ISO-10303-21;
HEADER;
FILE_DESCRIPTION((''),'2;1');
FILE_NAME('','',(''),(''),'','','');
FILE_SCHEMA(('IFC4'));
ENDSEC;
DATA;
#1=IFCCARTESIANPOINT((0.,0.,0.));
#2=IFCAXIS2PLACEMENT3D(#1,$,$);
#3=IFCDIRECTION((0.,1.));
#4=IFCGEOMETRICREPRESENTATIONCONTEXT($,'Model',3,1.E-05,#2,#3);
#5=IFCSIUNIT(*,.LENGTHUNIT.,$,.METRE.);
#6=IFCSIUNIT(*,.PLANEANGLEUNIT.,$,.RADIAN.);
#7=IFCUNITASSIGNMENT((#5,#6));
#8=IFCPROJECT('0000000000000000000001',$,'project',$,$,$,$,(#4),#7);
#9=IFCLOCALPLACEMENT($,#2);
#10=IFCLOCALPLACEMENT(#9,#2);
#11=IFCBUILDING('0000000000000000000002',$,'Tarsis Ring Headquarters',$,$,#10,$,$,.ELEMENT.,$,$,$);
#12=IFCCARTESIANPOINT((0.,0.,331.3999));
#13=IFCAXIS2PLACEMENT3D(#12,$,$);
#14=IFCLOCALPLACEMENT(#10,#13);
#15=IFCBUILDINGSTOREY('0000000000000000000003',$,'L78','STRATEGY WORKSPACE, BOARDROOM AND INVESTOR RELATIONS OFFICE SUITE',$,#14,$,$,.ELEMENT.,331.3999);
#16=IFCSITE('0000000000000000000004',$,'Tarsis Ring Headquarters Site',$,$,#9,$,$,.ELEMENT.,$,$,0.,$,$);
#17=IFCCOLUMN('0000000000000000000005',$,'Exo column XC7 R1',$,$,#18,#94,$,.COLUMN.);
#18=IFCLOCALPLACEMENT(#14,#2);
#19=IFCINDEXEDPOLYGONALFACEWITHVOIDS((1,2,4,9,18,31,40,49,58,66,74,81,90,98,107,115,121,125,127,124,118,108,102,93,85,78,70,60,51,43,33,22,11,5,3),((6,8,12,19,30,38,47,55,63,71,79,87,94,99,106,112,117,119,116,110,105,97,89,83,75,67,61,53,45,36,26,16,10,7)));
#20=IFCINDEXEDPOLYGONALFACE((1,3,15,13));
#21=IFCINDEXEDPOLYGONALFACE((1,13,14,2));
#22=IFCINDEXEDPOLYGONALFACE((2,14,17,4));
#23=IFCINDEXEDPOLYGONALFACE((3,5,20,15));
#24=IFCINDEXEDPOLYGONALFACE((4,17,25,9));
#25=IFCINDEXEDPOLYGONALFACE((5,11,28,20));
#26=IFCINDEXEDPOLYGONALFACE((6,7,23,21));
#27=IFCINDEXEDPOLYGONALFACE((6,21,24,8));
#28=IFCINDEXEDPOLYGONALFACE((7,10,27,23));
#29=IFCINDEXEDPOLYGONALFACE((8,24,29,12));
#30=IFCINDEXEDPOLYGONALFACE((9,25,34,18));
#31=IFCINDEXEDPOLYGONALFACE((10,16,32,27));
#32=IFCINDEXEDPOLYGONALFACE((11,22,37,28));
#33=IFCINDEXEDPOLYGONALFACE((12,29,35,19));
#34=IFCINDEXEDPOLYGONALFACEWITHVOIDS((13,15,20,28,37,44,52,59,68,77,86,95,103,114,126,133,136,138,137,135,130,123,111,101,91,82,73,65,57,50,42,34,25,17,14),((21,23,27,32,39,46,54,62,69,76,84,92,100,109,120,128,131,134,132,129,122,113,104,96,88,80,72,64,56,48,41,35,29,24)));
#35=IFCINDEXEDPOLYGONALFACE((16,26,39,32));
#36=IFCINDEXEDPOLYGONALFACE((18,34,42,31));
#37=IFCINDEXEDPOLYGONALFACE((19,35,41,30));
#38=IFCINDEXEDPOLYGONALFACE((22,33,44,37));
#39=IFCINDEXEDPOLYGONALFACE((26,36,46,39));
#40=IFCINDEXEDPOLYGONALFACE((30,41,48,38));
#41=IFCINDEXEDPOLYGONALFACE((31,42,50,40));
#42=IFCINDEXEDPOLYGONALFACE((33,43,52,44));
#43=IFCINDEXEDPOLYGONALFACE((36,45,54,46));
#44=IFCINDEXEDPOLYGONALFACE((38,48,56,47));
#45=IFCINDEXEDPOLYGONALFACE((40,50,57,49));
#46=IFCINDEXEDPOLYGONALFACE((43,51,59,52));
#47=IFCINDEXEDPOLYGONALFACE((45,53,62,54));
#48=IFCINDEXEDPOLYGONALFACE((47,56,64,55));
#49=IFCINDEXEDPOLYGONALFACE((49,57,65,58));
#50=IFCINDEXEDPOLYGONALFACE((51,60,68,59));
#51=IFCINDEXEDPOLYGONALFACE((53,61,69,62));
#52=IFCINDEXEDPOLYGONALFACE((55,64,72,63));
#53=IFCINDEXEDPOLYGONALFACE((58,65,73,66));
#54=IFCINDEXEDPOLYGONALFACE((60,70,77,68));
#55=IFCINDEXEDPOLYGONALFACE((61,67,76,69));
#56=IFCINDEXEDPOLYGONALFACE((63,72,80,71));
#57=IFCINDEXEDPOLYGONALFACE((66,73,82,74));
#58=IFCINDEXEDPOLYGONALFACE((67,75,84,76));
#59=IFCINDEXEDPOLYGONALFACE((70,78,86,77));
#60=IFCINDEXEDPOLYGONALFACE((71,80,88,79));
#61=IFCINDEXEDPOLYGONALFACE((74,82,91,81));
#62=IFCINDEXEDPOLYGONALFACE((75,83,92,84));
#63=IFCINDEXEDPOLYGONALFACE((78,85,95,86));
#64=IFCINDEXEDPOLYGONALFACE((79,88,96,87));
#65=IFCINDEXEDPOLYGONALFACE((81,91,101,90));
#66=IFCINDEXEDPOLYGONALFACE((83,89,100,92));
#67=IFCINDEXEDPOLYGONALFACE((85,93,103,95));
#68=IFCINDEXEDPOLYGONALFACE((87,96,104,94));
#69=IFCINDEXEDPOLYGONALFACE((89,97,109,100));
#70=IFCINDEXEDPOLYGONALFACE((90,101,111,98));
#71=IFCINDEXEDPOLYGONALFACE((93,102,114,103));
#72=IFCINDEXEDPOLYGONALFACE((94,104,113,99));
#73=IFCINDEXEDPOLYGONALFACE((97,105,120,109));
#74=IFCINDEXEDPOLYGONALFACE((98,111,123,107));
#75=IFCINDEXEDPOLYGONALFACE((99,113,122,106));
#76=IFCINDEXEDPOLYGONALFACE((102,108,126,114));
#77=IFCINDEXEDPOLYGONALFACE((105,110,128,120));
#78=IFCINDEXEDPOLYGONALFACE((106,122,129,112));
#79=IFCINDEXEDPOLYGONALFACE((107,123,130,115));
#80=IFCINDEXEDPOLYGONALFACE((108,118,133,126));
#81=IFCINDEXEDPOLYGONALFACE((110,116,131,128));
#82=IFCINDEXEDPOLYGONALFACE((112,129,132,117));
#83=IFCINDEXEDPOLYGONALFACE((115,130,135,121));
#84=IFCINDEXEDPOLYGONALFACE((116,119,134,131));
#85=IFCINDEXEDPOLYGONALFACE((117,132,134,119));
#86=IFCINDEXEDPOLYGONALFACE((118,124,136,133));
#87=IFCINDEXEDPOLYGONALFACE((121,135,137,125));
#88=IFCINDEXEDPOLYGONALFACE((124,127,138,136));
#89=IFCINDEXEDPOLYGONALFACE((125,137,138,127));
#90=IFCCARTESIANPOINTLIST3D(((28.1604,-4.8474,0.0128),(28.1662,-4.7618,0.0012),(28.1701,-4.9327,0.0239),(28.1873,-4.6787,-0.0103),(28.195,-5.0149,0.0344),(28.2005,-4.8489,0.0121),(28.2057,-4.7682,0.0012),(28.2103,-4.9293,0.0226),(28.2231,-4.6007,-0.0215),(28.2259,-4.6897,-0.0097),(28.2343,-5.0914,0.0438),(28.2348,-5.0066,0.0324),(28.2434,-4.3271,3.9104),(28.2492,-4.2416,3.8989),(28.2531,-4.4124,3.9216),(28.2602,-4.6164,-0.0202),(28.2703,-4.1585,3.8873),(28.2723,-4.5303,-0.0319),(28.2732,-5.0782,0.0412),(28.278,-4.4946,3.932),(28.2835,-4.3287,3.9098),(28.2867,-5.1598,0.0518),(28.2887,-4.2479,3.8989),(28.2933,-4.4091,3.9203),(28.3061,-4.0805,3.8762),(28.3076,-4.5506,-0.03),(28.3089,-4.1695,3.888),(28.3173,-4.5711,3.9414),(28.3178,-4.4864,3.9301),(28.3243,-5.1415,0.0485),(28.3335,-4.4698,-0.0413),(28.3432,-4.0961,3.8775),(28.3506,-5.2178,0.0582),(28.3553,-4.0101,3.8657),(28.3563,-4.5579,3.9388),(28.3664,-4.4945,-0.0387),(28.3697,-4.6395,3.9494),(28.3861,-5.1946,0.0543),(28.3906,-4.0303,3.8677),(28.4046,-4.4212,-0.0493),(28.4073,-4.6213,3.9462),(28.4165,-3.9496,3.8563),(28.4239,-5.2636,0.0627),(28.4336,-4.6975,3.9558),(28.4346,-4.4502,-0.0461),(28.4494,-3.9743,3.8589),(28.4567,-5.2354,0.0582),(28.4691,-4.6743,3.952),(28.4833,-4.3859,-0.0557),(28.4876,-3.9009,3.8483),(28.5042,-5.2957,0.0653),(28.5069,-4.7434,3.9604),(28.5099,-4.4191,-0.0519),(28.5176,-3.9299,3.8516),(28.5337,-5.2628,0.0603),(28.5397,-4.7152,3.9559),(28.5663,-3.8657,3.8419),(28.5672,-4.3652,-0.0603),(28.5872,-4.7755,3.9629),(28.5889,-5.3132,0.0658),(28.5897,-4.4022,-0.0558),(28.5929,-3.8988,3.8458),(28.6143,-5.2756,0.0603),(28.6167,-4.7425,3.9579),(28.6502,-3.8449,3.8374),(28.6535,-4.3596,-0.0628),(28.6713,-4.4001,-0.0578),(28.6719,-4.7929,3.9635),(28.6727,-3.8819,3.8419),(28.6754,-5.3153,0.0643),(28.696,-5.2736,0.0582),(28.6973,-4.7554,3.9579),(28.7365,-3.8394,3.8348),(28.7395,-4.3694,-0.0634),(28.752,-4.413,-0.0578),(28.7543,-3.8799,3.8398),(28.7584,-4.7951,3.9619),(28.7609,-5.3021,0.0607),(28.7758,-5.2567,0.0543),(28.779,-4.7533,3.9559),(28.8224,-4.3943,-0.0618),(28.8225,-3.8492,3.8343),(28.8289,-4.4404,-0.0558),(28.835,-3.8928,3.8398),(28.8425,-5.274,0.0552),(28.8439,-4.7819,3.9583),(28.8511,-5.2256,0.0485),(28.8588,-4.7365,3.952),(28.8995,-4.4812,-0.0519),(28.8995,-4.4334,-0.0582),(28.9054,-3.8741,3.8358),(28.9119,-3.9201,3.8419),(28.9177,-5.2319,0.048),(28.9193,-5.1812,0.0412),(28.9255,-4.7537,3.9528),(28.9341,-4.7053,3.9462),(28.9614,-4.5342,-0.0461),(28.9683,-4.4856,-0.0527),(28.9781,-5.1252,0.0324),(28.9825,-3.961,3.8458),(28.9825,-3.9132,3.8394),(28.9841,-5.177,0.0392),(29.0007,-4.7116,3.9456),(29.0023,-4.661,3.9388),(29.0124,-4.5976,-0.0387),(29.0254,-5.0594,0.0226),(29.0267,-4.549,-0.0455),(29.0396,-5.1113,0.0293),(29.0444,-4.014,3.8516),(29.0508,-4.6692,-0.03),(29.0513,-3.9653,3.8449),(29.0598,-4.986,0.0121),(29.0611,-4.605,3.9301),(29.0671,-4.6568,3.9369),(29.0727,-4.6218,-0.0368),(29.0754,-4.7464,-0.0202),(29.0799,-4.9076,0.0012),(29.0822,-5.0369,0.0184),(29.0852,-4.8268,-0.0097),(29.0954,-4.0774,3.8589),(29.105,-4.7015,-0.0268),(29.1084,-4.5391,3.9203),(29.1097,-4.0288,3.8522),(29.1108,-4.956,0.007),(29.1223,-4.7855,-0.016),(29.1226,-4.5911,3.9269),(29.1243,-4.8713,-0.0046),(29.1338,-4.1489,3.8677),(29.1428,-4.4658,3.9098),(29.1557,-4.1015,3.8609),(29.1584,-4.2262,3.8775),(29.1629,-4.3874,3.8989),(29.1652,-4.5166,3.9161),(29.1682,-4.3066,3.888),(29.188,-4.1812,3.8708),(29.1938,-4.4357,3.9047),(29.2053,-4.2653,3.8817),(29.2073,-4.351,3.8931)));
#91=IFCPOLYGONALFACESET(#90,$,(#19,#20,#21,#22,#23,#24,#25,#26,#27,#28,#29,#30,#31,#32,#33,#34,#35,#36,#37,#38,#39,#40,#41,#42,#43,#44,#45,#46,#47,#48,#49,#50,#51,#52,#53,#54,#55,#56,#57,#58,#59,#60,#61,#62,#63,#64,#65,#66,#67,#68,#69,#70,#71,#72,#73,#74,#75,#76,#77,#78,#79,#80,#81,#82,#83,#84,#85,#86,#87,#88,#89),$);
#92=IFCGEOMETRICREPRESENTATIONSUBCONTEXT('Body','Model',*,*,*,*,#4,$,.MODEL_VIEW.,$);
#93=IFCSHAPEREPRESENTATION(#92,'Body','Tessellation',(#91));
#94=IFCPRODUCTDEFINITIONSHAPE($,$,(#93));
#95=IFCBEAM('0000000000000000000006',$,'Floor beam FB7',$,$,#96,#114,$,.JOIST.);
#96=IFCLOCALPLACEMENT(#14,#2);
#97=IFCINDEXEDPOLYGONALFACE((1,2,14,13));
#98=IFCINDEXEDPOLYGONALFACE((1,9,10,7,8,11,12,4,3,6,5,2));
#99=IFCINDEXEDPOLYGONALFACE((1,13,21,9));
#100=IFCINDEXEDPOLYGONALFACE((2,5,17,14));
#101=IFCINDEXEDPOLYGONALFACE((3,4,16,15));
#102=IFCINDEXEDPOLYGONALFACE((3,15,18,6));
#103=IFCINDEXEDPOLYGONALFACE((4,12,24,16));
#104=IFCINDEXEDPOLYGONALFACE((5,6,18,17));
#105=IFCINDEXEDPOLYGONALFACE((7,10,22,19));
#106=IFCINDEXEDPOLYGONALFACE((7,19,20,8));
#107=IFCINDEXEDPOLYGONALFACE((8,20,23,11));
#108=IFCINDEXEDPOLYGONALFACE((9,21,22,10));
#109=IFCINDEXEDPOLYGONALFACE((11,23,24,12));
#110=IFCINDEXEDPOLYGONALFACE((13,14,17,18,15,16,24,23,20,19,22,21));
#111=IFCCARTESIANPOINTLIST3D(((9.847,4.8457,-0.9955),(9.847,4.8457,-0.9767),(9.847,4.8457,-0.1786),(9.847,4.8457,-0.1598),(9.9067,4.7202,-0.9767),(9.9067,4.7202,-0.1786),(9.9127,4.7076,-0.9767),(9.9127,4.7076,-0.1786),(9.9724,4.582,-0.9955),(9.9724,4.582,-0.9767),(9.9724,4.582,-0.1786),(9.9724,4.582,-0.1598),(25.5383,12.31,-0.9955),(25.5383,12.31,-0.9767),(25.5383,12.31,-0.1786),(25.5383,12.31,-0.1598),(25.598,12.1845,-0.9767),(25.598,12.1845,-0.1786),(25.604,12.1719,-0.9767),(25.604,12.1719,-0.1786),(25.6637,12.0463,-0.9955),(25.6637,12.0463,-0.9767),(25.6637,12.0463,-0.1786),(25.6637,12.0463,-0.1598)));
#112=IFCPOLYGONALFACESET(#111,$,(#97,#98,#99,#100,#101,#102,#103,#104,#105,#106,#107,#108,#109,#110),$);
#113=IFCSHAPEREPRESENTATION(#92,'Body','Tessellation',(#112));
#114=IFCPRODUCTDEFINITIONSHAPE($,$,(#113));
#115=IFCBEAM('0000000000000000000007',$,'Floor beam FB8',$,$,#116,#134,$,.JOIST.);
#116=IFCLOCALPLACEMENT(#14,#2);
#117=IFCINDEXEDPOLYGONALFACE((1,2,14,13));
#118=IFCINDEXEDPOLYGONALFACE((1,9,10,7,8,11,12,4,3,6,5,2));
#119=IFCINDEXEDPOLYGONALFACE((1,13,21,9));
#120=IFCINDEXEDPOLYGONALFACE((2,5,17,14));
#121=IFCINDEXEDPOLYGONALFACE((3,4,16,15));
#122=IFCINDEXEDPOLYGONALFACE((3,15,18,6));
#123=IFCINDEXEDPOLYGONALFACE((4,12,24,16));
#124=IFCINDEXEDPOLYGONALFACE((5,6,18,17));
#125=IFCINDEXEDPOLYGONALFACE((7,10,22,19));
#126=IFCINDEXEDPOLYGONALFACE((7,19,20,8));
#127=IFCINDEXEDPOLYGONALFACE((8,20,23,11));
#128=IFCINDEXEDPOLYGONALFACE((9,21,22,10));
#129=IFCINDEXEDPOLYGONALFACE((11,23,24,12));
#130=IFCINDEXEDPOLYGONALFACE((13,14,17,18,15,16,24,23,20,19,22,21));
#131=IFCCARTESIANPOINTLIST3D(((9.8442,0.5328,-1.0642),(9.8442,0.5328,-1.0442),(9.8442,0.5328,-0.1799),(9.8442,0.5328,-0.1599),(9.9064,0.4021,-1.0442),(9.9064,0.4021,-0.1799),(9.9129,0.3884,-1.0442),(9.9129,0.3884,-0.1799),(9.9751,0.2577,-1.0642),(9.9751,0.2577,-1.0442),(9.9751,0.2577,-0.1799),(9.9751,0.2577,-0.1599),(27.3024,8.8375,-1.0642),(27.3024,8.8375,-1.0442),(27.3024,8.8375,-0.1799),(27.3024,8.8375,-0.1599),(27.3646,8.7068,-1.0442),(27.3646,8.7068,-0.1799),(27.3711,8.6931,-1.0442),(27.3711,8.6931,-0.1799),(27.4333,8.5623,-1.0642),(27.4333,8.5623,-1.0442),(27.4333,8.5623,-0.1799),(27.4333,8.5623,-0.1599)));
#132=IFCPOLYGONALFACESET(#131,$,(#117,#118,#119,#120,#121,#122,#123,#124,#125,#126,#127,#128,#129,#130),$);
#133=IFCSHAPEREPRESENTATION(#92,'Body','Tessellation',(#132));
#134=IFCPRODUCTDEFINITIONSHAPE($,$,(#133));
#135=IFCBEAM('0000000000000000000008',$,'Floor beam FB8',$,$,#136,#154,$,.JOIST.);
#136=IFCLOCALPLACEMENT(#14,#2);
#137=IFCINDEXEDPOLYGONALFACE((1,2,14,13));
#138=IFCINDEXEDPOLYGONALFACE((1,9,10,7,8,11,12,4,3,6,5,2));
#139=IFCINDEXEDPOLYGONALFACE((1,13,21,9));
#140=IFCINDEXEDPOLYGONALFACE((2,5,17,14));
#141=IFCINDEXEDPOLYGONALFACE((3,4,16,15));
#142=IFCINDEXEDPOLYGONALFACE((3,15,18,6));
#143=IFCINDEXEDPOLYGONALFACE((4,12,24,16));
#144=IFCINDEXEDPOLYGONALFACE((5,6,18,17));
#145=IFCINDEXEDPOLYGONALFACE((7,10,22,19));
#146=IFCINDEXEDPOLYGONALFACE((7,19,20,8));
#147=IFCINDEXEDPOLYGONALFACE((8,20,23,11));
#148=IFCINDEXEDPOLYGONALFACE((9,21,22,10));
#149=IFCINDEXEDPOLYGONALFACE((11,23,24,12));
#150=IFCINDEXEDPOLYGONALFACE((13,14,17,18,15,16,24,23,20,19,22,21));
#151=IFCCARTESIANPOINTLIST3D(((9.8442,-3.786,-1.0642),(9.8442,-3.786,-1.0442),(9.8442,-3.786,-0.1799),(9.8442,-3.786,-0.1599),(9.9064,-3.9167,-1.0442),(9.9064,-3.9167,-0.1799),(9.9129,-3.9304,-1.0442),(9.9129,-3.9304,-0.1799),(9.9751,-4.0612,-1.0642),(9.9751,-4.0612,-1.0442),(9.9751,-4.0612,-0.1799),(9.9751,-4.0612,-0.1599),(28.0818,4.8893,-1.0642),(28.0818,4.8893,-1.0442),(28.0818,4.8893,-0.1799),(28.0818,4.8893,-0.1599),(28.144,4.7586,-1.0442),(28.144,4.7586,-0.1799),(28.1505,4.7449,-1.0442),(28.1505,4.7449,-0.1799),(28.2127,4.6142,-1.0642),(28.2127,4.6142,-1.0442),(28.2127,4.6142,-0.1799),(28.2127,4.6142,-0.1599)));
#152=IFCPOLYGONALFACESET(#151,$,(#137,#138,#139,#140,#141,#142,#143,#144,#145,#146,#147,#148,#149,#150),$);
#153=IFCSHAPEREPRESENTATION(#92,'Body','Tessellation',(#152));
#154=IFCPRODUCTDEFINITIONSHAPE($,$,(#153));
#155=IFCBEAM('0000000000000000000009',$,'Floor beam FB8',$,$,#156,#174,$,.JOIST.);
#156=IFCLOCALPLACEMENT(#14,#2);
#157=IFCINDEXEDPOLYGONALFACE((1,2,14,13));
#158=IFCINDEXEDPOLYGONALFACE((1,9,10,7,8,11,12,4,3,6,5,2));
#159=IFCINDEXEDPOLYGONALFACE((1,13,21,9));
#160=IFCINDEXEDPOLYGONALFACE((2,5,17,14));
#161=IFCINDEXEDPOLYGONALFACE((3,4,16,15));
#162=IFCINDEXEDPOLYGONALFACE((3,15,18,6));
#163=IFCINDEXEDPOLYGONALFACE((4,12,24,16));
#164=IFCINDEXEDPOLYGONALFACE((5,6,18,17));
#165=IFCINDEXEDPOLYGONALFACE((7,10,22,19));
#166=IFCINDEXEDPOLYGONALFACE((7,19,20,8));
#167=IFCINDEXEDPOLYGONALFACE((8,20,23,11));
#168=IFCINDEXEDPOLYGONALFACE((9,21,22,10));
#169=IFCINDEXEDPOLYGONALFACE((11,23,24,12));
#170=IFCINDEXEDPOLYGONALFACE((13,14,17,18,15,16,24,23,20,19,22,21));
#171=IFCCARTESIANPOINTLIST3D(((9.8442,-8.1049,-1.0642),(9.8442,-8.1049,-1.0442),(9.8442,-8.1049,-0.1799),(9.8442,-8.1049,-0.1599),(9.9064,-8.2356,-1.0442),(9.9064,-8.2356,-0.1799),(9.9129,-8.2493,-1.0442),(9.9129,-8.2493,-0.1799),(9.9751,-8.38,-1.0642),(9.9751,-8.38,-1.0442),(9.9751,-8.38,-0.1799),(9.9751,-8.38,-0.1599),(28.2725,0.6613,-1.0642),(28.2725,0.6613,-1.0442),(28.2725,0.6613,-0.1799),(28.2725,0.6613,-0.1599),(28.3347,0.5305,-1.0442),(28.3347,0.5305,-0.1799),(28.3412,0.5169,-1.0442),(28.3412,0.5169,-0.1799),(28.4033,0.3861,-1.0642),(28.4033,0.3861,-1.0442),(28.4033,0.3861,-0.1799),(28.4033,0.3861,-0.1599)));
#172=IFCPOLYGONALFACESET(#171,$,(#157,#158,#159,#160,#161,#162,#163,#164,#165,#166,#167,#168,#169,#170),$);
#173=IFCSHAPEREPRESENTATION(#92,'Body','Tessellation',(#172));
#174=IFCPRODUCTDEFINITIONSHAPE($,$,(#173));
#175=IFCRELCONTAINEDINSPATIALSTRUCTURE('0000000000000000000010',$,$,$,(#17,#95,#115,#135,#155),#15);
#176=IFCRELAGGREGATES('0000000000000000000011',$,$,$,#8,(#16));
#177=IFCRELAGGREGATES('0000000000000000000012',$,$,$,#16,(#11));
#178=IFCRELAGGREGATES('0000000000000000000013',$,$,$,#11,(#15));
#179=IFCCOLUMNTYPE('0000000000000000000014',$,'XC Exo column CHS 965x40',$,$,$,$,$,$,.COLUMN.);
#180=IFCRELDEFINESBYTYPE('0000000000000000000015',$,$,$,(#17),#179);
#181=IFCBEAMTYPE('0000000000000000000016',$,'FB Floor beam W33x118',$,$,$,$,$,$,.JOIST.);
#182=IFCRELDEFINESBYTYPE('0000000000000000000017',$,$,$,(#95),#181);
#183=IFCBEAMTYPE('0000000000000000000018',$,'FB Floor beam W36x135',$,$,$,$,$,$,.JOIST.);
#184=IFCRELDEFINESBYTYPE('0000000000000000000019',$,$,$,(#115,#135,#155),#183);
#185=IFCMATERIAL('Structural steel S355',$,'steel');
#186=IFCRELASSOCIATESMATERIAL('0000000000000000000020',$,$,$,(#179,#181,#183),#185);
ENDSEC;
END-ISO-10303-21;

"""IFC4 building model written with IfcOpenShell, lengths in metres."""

from ifc_helpers import new_model, si_unit, direction, frame, origin, origin_2d, place, context, subcontext, project, spatial, hollow_circle, i_section, extrude, material, material_profile, profile_set, type_object, element, save


model = new_model("IFC4")

# Units and contexts
model_context = context("Model", 3, precision=1e-05, world=origin(), true_north=direction((0.0, 1.0)))
body_context = subcontext(model_context, "Body", "Model", "MODEL_VIEW")
ifc_project = project(units=[si_unit("LENGTHUNIT", "METRE"), si_unit("PLANEANGLEUNIT", "RADIAN")], contexts=[model_context])

# Site, building, storey
site_placement = place(None, origin())
site = spatial("IfcSite", under=ifc_project, at=site_placement, Name="Tarsis Ring Headquarters Site", CompositionType="ELEMENT", RefElevation=0.0)
building_placement = place(site_placement, origin())
building = spatial("IfcBuilding", under=site, at=building_placement, Name="Tarsis Ring Headquarters", CompositionType="ELEMENT")
storey_placement = place(building_placement, frame((0.0, 0.0, 331.3999)))
storey = spatial("IfcBuildingStorey", under=building, at=storey_placement, Name="L78", Description="STRATEGY WORKSPACE, BOARDROOM AND INVESTOR RELATIONS OFFICE SUITE", CompositionType="ELEMENT", Elevation=331.3999)

# Column
ifc_material_1 = material(Name="Structural steel S355", Category="steel")
ifc_material_profile_1 = material_profile(ifc_material_1, hollow_circle(Radius=0.4827, WallThickness=0.04, at=origin_2d()), Name="CHS 965x40")
ifc_profile_set_1 = profile_set([ifc_material_profile_1], Name="Structural steel S355")
column_type = type_object("IfcColumnType", Name="XC Exo column CHS 965x40", PredefinedType="COLUMN", material=ifc_profile_set_1)
column_placement = place(storey_placement, frame((28.6428, -4.8379, 0.0012), z_axis=(0.021105, 0.132277, 0.990988), x_axis=(-0.98751, 0.157557, 0.0)))
element("IfcColumn", 1, at=column_placement, inside=storey, type_object=column_type, Name="Exo column XC7 R1", PredefinedType="COLUMN", context=body_context, shape_type="SweptSolid", body=[
    extrude(hollow_circle(Radius=0.4827, WallThickness=0.04, at=origin_2d()), origin(), (0.0, 0.0, 1.0), 3.9331),
])

# Beams
ifc_material_profile_2 = material_profile(ifc_material_1, i_section(OverallWidth=0.292, OverallDepth=0.8357, WebThickness=0.0139, FlangeThickness=0.0188, at=origin_2d()), Name="W33x118")
ifc_profile_set_2 = profile_set([ifc_material_profile_2], Name="Structural steel S355")
beam_type_1 = type_object("IfcBeamType", Name="FB Floor beam W33x118", PredefinedType="JOIST", material=ifc_profile_set_2)
beam_1_placement = place(storey_placement, frame((9.9097, 4.7139, -0.5776), z_axis=(0.903033, 0.42957, 0.0), x_axis=(-0.42957, 0.903033, 0.0)))
element("IfcBeam", 2, at=beam_1_placement, inside=storey, type_object=beam_type_1, Name="Floor beam FB7", PredefinedType="JOIST", context=body_context, shape_type="SweptSolid", body=[
    extrude(i_section(OverallWidth=0.292, OverallDepth=0.8357, WebThickness=0.0139, FlangeThickness=0.0188, at=origin_2d()), origin(), (0.0, 0.0, 1.0), 17.3762),
])
ifc_material_profile_3 = material_profile(ifc_material_1, i_section(OverallWidth=0.3047, OverallDepth=0.9043, WebThickness=0.0151, FlangeThickness=0.02, at=origin_2d()), Name="W36x135")
ifc_profile_set_3 = profile_set([ifc_material_profile_3], Name="Structural steel S355")
beam_type_2 = type_object("IfcBeamType", Name="FB Floor beam W36x135", PredefinedType="JOIST", material=ifc_profile_set_3)
beam_2_placement = place(storey_placement, frame((9.9097, 0.3953, -0.6121), z_axis=(0.903036, 0.429564, 0.0), x_axis=(-0.429564, 0.903036, 0.0)))
element("IfcBeam", 3, at=beam_2_placement, inside=storey, type_object=beam_type_2, Name="Floor beam FB8", PredefinedType="JOIST", context=body_context, shape_type="SweptSolid", body=[
    extrude(i_section(OverallWidth=0.3047, OverallDepth=0.9043, WebThickness=0.0151, FlangeThickness=0.02, at=origin_2d()), origin(), (0.0, 0.0, 1.0), 19.3328),
])
beam_3_placement = place(storey_placement, frame((9.9097, -3.9236, -0.6121), z_axis=(0.903038, 0.42956, 0.0), x_axis=(-0.42956, 0.903038, 0.0)))
element("IfcBeam", 4, at=beam_3_placement, inside=storey, type_object=beam_type_2, Name="Floor beam FB8", PredefinedType="JOIST", context=body_context, shape_type="SweptSolid", body=[
    extrude(i_section(OverallWidth=0.3047, OverallDepth=0.9043, WebThickness=0.0151, FlangeThickness=0.02, at=origin_2d()), origin(), (0.0, 0.0, 1.0), 20.1958),
])
beam_4_placement = place(storey_placement, frame((9.9097, -8.2424, -0.6121), z_axis=(0.903036, 0.429565, 0.0), x_axis=(-0.429565, 0.903036, 0.0)))
element("IfcBeam", 5, at=beam_4_placement, inside=storey, type_object=beam_type_2, Name="Floor beam FB8", PredefinedType="JOIST", context=body_context, shape_type="SweptSolid", body=[
    extrude(i_section(OverallWidth=0.3047, OverallDepth=0.9043, WebThickness=0.0151, FlangeThickness=0.02, at=origin_2d()), origin(), (0.0, 0.0, 1.0), 20.407),
])

save(model, "model.ifc")
